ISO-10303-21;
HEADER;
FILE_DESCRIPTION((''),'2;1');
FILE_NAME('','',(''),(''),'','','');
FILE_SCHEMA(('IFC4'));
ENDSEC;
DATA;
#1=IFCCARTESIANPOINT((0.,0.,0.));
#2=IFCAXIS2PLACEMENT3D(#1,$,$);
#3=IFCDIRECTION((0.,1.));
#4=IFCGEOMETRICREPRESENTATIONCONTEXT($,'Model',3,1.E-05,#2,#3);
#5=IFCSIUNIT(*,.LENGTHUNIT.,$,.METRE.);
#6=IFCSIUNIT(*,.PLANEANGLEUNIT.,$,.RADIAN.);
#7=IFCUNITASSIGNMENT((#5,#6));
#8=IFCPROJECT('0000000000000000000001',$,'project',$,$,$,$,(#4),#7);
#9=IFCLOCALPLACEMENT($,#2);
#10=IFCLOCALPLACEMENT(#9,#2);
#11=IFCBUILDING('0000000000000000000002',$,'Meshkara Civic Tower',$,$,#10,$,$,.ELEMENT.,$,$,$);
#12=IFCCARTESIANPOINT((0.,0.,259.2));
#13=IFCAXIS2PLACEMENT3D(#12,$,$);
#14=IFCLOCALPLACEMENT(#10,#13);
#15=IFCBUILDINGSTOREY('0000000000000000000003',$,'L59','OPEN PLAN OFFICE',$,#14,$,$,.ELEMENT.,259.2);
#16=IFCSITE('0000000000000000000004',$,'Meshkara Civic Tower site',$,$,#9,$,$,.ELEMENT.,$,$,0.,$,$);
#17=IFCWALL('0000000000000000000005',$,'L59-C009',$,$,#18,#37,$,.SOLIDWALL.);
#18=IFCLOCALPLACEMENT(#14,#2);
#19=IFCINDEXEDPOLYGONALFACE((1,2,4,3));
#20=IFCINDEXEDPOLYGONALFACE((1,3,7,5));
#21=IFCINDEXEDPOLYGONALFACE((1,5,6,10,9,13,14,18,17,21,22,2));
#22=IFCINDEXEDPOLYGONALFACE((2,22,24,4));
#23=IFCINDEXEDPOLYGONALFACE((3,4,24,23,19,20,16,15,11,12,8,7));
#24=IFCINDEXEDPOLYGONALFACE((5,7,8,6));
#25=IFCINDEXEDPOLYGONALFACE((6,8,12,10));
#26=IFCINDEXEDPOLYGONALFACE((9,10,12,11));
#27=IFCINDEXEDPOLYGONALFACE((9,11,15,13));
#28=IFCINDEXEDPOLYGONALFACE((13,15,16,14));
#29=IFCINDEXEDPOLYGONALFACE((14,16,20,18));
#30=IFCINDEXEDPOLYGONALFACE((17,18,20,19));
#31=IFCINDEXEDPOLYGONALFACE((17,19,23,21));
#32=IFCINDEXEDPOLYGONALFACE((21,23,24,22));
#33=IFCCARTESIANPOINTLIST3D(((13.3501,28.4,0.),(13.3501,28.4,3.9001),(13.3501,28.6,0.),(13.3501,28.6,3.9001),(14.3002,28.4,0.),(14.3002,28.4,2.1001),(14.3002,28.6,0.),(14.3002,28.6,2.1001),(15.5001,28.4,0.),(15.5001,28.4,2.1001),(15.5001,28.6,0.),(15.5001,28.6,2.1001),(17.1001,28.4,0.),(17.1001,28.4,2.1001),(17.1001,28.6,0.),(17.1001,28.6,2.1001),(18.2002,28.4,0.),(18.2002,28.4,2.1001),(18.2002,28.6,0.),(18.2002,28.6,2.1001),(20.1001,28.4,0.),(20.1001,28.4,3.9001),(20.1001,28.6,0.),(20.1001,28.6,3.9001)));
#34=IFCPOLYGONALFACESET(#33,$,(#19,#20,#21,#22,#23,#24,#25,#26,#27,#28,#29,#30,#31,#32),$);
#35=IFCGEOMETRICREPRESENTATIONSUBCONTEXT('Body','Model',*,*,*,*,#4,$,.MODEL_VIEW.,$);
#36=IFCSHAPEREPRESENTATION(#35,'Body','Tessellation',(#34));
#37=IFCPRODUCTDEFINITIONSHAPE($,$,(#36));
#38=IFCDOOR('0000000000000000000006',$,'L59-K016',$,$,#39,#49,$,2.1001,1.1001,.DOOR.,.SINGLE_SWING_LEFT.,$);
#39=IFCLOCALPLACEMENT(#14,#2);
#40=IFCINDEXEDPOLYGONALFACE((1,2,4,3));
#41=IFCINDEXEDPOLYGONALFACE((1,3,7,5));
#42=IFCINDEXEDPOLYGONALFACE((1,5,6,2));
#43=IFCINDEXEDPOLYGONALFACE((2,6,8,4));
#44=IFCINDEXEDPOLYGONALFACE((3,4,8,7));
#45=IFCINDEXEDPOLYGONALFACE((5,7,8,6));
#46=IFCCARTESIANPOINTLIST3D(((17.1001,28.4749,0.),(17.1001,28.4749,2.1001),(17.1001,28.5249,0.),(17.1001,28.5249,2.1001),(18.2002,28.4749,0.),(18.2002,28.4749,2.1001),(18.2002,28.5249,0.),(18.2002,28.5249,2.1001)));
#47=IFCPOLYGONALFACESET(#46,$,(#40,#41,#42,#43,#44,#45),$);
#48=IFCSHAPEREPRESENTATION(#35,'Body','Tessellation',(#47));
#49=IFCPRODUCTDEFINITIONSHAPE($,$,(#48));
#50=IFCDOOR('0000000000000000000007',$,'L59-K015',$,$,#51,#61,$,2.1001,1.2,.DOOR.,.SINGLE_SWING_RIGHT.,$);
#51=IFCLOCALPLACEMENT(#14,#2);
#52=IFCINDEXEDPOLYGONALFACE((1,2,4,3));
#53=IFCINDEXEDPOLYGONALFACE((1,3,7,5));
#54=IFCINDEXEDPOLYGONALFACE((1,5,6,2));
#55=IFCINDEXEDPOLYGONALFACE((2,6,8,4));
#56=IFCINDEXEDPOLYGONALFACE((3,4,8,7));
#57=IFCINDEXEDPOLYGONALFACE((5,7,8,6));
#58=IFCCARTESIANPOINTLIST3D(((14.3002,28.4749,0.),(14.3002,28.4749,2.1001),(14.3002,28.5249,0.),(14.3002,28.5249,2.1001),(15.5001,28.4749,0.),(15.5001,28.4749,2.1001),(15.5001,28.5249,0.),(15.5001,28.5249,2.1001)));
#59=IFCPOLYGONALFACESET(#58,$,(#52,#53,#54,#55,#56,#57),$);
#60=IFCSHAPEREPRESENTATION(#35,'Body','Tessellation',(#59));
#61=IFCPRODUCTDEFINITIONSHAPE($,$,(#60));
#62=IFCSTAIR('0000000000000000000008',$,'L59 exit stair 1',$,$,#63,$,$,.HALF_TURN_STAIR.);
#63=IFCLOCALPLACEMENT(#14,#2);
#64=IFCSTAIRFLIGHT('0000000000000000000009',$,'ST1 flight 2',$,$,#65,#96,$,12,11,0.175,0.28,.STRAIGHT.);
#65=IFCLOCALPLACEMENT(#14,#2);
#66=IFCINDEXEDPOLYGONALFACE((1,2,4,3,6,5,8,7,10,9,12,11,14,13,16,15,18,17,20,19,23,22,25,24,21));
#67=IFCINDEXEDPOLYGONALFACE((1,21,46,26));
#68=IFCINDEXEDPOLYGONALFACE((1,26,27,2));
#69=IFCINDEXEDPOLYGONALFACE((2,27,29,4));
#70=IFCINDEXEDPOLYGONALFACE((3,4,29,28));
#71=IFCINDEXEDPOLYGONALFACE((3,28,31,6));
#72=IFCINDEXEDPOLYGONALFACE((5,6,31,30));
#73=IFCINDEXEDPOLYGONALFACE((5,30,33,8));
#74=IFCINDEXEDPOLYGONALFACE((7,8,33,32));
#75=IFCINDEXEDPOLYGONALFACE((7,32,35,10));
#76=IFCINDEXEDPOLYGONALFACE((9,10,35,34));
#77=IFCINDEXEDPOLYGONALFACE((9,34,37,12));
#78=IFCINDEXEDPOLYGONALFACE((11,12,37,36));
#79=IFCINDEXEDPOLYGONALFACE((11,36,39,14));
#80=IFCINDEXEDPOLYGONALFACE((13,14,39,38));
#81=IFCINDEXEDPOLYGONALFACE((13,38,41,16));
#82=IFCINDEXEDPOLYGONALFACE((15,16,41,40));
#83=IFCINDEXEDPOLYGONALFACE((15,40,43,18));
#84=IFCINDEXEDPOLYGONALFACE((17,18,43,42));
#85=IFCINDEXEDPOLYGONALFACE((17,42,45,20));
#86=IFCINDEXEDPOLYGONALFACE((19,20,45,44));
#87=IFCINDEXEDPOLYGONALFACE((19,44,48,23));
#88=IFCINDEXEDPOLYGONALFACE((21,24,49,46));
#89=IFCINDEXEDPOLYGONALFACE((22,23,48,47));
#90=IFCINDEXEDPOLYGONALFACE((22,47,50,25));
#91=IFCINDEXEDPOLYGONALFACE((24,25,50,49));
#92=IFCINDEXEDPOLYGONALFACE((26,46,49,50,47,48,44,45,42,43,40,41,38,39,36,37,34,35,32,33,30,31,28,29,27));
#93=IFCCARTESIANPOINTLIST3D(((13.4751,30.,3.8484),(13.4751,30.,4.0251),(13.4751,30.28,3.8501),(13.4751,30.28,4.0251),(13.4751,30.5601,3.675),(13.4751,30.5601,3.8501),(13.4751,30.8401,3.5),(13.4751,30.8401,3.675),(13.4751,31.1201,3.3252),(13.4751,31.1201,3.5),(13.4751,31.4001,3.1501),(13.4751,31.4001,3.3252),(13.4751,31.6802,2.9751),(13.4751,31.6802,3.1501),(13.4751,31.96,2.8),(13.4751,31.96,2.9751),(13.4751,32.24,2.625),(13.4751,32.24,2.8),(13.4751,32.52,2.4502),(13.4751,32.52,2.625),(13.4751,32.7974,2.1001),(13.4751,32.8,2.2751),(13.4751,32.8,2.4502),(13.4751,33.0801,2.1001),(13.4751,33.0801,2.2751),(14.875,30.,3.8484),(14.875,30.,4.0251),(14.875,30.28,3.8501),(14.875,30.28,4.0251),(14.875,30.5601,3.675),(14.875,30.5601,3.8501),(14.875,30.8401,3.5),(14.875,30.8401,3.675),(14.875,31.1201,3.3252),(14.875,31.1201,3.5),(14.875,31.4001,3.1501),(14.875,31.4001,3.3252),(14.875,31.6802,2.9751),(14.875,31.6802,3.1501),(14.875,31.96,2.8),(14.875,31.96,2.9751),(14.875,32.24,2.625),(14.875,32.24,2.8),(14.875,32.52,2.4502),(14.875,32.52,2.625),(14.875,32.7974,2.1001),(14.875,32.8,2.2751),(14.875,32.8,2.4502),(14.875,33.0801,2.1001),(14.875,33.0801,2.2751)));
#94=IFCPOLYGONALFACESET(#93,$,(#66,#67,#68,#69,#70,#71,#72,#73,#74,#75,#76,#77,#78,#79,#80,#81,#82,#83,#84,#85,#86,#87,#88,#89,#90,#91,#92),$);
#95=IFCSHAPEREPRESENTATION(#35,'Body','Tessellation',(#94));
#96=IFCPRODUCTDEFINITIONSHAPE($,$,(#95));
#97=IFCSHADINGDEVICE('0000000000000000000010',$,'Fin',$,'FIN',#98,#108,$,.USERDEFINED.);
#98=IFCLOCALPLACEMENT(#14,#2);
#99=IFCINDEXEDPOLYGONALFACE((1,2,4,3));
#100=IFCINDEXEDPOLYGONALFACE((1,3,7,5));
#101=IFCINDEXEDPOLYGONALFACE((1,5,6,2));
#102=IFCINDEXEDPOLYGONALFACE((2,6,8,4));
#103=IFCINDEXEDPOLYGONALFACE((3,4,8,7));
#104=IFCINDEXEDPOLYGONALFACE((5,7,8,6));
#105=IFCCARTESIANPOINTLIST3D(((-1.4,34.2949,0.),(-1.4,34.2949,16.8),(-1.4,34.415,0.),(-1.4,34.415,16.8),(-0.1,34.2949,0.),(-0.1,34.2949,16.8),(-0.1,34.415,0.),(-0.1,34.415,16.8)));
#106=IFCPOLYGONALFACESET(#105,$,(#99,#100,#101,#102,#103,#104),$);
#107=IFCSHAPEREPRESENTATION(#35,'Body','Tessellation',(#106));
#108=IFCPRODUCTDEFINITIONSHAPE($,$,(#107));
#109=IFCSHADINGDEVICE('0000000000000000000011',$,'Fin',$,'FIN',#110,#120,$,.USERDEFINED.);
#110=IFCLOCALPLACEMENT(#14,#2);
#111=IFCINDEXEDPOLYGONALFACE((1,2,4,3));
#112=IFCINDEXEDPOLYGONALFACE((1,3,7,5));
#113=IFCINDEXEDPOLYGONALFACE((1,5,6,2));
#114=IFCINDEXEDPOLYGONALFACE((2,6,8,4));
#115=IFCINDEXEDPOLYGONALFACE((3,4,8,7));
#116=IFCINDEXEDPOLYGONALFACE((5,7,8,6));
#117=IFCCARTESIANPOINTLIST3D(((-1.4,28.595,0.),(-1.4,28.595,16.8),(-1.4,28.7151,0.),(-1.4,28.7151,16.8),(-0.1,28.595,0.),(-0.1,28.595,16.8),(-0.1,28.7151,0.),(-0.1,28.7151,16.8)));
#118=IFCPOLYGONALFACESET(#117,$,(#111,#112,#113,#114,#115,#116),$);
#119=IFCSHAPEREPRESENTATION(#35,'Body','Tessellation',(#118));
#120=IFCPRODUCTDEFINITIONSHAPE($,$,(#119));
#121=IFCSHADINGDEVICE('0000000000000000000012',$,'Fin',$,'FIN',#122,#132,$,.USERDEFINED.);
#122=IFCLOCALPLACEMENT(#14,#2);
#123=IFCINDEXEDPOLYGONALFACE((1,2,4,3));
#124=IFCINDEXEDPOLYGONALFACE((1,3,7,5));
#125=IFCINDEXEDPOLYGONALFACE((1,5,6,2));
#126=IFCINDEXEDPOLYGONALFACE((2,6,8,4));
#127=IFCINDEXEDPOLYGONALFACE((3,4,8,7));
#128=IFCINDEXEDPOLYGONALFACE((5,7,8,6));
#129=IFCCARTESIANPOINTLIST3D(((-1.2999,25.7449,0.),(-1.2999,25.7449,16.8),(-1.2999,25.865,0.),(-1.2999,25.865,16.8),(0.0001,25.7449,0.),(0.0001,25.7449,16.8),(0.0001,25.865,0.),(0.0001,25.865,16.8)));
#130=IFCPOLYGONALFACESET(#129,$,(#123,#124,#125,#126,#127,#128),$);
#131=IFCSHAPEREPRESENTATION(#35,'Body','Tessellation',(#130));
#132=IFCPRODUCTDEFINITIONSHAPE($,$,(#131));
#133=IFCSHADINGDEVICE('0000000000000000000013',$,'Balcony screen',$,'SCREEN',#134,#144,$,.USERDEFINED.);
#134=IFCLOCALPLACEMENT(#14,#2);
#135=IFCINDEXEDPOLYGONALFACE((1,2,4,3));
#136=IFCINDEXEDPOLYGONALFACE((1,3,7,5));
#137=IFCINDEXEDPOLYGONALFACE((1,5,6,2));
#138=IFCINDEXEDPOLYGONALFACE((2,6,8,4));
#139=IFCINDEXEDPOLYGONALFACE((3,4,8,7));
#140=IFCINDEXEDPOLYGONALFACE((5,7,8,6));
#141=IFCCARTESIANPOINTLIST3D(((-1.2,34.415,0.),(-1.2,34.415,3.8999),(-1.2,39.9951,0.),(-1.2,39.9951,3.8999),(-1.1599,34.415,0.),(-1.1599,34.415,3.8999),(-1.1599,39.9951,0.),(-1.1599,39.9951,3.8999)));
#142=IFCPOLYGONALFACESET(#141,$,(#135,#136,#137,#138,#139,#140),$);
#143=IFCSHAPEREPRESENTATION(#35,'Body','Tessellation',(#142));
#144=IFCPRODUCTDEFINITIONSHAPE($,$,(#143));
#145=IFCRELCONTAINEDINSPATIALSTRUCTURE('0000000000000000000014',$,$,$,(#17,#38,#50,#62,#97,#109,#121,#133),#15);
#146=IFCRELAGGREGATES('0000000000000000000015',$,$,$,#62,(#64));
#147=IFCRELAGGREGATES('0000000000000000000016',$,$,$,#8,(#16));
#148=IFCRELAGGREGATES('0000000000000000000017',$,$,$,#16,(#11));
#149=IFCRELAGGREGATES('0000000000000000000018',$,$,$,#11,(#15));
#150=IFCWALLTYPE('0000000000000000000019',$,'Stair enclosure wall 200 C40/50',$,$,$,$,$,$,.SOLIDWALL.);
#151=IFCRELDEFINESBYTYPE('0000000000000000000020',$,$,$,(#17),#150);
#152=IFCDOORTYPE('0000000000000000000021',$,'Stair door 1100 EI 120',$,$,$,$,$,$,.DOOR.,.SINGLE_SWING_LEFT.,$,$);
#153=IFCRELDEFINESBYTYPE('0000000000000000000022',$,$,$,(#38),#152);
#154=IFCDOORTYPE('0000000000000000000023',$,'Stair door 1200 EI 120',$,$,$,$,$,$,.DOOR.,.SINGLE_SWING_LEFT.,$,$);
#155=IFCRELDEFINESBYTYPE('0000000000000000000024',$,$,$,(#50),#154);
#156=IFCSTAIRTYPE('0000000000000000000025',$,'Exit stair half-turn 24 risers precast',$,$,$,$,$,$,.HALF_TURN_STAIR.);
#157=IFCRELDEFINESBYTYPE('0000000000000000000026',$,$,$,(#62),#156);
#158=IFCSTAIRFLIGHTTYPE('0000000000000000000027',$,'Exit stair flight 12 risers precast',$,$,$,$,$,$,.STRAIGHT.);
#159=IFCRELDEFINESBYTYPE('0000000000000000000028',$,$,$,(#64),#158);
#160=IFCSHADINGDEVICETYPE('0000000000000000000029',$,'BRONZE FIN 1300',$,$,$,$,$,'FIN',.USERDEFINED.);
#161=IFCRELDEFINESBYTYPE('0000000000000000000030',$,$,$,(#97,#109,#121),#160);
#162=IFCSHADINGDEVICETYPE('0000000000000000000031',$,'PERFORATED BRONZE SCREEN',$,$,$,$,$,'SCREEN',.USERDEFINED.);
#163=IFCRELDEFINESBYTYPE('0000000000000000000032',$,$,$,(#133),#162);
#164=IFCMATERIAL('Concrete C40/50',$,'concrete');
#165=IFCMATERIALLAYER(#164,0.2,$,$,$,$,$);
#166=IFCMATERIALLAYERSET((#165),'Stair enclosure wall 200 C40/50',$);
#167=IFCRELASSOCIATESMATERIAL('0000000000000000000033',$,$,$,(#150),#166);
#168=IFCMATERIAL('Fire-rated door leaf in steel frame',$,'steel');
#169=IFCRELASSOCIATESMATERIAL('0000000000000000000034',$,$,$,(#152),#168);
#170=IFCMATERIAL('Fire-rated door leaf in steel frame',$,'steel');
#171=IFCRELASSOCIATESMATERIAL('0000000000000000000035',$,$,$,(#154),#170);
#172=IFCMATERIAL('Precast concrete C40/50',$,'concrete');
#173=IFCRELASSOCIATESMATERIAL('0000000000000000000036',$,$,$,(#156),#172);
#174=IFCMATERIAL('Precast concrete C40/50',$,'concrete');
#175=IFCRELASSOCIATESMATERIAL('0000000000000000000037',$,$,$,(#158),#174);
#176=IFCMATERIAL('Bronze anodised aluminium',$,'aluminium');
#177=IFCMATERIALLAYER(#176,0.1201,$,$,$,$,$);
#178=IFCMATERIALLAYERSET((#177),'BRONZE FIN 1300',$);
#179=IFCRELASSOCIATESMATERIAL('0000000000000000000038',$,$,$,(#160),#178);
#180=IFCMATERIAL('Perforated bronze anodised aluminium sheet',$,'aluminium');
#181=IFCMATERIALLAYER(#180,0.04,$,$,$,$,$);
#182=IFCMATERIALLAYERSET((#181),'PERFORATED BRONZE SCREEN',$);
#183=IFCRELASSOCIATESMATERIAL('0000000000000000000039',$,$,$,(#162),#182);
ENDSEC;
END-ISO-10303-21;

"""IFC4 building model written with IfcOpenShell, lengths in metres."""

from ifc_helpers import new_model, si_unit, direction, frame, frame_2d, origin, origin_2d, place, context, subcontext, project, spatial, polyline, rectangle, outline, extrude, material, layer, layer_set, type_object, element, fill, aggregate, save


model = new_model("IFC4")

# Units and contexts
model_context = context("Model", 3, precision=1e-05, world=origin(), true_north=direction((0.0, 1.0)))
body_context = subcontext(model_context, "Body", "Model", "MODEL_VIEW")
ifc_project = project(units=[si_unit("LENGTHUNIT", "METRE"), si_unit("PLANEANGLEUNIT", "RADIAN")], contexts=[model_context])

# Site, building, storey
site_placement = place(None, origin())
site = spatial("IfcSite", under=ifc_project, at=site_placement, Name="Meshkara Civic Tower site", CompositionType="ELEMENT", RefElevation=0.0)
building_placement = place(site_placement, origin())
building = spatial("IfcBuilding", under=site, at=building_placement, Name="Meshkara Civic Tower", CompositionType="ELEMENT")
storey_placement = place(building_placement, frame((0.0, 0.0, 259.2)))
storey = spatial("IfcBuildingStorey", under=building, at=storey_placement, Name="L59", Description="OPEN PLAN OFFICE", CompositionType="ELEMENT", Elevation=259.2)

# Wall, openings, doors
ifc_material_1 = material(Name="Concrete C40/50", Category="concrete")
ifc_layer_1 = layer(ifc_material_1, 0.2)
ifc_layer_set_1 = layer_set([ifc_layer_1], Name="Stair enclosure wall 200 C40/50")
wall_type_1 = type_object("IfcWallType", Name="Stair enclosure wall 200 C40/50", PredefinedType="SOLIDWALL", material=ifc_layer_set_1)
wall_1_placement = place(storey_placement, frame((13.3501, 28.5, 0.0), z_axis=(0.0, 0.0, 1.0), x_axis=(1.0, 0.0, 0.0)))
wall_1 = element("IfcWall", 1, at=wall_1_placement, inside=storey, type_object=wall_type_1, Name="L59-C009", PredefinedType="SOLIDWALL", context=body_context, shape_type="SweptSolid", body=[
    extrude(rectangle(XDim=6.75, YDim=0.2, at=frame_2d((3.375, 0.0))), origin(), (0.0, 0.0, 1.0), 3.9001),
])
opening_1_placement = place(wall_1_placement, frame((0.95, 0.0, 0.0)))
opening_1 = element("IfcOpeningElement", 2, at=opening_1_placement, cuts=wall_1, PredefinedType="OPENING", context=body_context, shape_type="SweptSolid", body=[
    extrude(rectangle(XDim=1.2, YDim=2.1001, at=frame_2d((0.6001, 1.05))), frame((0.0, 0.1099, 0.0), z_axis=(0.0, -1.0, 0.0), x_axis=(1.0, 0.0, 0.0)), (0.0, 0.0, 1.0), 0.22),
])
opening_2_placement = place(wall_1_placement, frame((3.75, 0.0, 0.0)))
opening_2 = element("IfcOpeningElement", 3, at=opening_2_placement, cuts=wall_1, PredefinedType="OPENING", context=body_context, shape_type="SweptSolid", body=[
    extrude(rectangle(XDim=1.1001, YDim=2.1001, at=frame_2d((0.55, 1.05))), frame((0.0, 0.1099, 0.0), z_axis=(0.0, -1.0, 0.0), x_axis=(1.0, 0.0, 0.0)), (0.0, 0.0, 1.0), 0.22),
])
ifc_material_2 = material(Name="Fire-rated door leaf in steel frame", Category="steel")
door_type_1 = type_object("IfcDoorType", Name="Stair door 1100 EI 120", OperationType="SINGLE_SWING_LEFT", PredefinedType="DOOR", material=ifc_material_2)
door_1_placement = place(opening_2_placement, origin())
door_1 = element("IfcDoor", 4, at=door_1_placement, inside=storey, type_object=door_type_1, Name="L59-K016", OperationType="SINGLE_SWING_LEFT", OverallHeight=2.1001, OverallWidth=1.1001, PredefinedType="DOOR", context=body_context, shape_type="SweptSolid", body=[
    extrude(rectangle(XDim=1.1001, YDim=2.1001, at=frame_2d((0.55, 1.05))), frame((0.0, 0.0249, 0.0), z_axis=(0.0, -1.0, 0.0), x_axis=(1.0, 0.0, 0.0)), (0.0, 0.0, 1.0), 0.05),
])
fill(opening_2, door_1)
ifc_material_3 = material(Name="Fire-rated door leaf in steel frame", Category="steel")
door_type_2 = type_object("IfcDoorType", Name="Stair door 1200 EI 120", OperationType="SINGLE_SWING_LEFT", PredefinedType="DOOR", material=ifc_material_3)
door_2_placement = place(opening_1_placement, origin())
door_2 = element("IfcDoor", 5, at=door_2_placement, inside=storey, type_object=door_type_2, Name="L59-K015", OperationType="SINGLE_SWING_RIGHT", OverallHeight=2.1001, OverallWidth=1.2, PredefinedType="DOOR", context=body_context, shape_type="SweptSolid", body=[
    extrude(rectangle(XDim=1.2, YDim=2.1001, at=frame_2d((0.6001, 1.05))), frame((0.0, 0.0249, 0.0), z_axis=(0.0, -1.0, 0.0), x_axis=(1.0, 0.0, 0.0)), (0.0, 0.0, 1.0), 0.05),
])
fill(opening_1, door_2)

# Stair, stair flight
ifc_material_4 = material(Name="Precast concrete C40/50", Category="concrete")
stair_type = type_object("IfcStairType", Name="Exit stair half-turn 24 risers precast", PredefinedType="HALF_TURN_STAIR", material=ifc_material_4)
stair_placement = place(storey_placement, origin())
stair = element("IfcStair", 6, at=stair_placement, inside=storey, type_object=stair_type, Name="L59 exit stair 1", PredefinedType="HALF_TURN_STAIR")
ifc_material_5 = material(Name="Precast concrete C40/50", Category="concrete")
stair_flight_type = type_object("IfcStairFlightType", Name="Exit stair flight 12 risers precast", PredefinedType="STRAIGHT", material=ifc_material_5)
stair_flight_placement = place(storey_placement, frame((14.175, 33.0801, 2.1001), z_axis=(0.0, 0.0, 1.0), x_axis=(0.0, -1.0, 0.0)))
stair_flight = element("IfcStairFlight", 7, at=stair_flight_placement, type_object=stair_flight_type, Name="ST1 flight 2", NumberOfRisers=12, NumberOfTreads=11, PredefinedType="STRAIGHT", RiserHeight=0.175, TreadLength=0.28, context=body_context, shape_type="SweptSolid", body=[
    extrude(outline(polyline([(0.0, 0.0), (0.0, 0.175), (0.28, 0.175), (0.28, 0.3501), (0.5601, 0.3501), (0.5601, 0.5249), (0.8401, 0.5249), (0.8401, 0.7), (1.1201, 0.7), (1.1201, 0.875), (1.3999, 0.875), (1.3999, 1.05), (1.6799, 1.05), (1.6799, 1.2251), (1.96, 1.2251), (1.96, 1.3999), (2.24, 1.3999), (2.24, 1.575), (2.52, 1.575), (2.52, 1.75), (2.8, 1.75), (2.8, 1.925), (3.0801, 1.925), (3.0801, 2.1001), (3.0801, 1.7483), (0.2827, 0.0), (0.0, 0.0)])), frame((0.0, 0.7, 0.0), z_axis=(0.0, -1.0, 0.0), x_axis=(1.0, 0.0, 0.0)), (0.0, 0.0, 1.0), 1.3999),
])
aggregate(stair, [stair_flight])

# Shading devices
ifc_material_6 = material(Name="Bronze anodised aluminium", Category="aluminium")
ifc_layer_2 = layer(ifc_material_6, 0.1201)
ifc_layer_set_2 = layer_set([ifc_layer_2], Name="BRONZE FIN 1300")
shading_device_type_1 = type_object("IfcShadingDeviceType", Name="BRONZE FIN 1300", ElementType="FIN", PredefinedType="USERDEFINED", material=ifc_layer_set_2)
for number, where, z_axis, x_axis, name in (
    (8, (-0.75, 34.355, 0.0), (0.0, 0.0, 1.0), (0.0, -1.0, 0.0), "Fin"),
    (9, (-0.75, 28.655, 0.0), (0.0, 0.0, 1.0), (0.0, -1.0, 0.0), "Fin"),
    (10, (-0.6499, 25.8049, 0.0), (0.0, 0.0, 1.0), (0.0, -1.0, 0.0), "Fin"),
):
    element("IfcShadingDevice", number, at=place(storey_placement, frame(where, z_axis=z_axis, x_axis=x_axis)), inside=storey, type_object=shading_device_type_1, Name=name, ObjectType="FIN", PredefinedType="USERDEFINED", context=body_context, shape_type="SweptSolid", body=[
        extrude(rectangle(XDim=0.1201, YDim=1.3, at=origin_2d()), origin(), (0.0, 0.0, 1.0), 16.8),
    ])
ifc_material_7 = material(Name="Perforated bronze anodised aluminium sheet", Category="aluminium")
ifc_layer_3 = layer(ifc_material_7, 0.04)
ifc_layer_set_3 = layer_set([ifc_layer_3], Name="PERFORATED BRONZE SCREEN")
shading_device_type_2 = type_object("IfcShadingDeviceType", Name="PERFORATED BRONZE SCREEN", ElementType="SCREEN", PredefinedType="USERDEFINED", material=ifc_layer_set_3)
shading_device_placement = place(storey_placement, frame((-1.1799, 37.2051, 0.0), z_axis=(0.0, 0.0, 1.0), x_axis=(0.0, -1.0, 0.0)))
element("IfcShadingDevice", 11, at=shading_device_placement, inside=storey, type_object=shading_device_type_2, Name="Balcony screen", ObjectType="SCREEN", PredefinedType="USERDEFINED", context=body_context, shape_type="SweptSolid", body=[
    extrude(rectangle(XDim=5.5801, YDim=0.04, at=origin_2d()), origin(), (0.0, 0.0, 1.0), 3.8999),
])

save(model, "model.ifc")
